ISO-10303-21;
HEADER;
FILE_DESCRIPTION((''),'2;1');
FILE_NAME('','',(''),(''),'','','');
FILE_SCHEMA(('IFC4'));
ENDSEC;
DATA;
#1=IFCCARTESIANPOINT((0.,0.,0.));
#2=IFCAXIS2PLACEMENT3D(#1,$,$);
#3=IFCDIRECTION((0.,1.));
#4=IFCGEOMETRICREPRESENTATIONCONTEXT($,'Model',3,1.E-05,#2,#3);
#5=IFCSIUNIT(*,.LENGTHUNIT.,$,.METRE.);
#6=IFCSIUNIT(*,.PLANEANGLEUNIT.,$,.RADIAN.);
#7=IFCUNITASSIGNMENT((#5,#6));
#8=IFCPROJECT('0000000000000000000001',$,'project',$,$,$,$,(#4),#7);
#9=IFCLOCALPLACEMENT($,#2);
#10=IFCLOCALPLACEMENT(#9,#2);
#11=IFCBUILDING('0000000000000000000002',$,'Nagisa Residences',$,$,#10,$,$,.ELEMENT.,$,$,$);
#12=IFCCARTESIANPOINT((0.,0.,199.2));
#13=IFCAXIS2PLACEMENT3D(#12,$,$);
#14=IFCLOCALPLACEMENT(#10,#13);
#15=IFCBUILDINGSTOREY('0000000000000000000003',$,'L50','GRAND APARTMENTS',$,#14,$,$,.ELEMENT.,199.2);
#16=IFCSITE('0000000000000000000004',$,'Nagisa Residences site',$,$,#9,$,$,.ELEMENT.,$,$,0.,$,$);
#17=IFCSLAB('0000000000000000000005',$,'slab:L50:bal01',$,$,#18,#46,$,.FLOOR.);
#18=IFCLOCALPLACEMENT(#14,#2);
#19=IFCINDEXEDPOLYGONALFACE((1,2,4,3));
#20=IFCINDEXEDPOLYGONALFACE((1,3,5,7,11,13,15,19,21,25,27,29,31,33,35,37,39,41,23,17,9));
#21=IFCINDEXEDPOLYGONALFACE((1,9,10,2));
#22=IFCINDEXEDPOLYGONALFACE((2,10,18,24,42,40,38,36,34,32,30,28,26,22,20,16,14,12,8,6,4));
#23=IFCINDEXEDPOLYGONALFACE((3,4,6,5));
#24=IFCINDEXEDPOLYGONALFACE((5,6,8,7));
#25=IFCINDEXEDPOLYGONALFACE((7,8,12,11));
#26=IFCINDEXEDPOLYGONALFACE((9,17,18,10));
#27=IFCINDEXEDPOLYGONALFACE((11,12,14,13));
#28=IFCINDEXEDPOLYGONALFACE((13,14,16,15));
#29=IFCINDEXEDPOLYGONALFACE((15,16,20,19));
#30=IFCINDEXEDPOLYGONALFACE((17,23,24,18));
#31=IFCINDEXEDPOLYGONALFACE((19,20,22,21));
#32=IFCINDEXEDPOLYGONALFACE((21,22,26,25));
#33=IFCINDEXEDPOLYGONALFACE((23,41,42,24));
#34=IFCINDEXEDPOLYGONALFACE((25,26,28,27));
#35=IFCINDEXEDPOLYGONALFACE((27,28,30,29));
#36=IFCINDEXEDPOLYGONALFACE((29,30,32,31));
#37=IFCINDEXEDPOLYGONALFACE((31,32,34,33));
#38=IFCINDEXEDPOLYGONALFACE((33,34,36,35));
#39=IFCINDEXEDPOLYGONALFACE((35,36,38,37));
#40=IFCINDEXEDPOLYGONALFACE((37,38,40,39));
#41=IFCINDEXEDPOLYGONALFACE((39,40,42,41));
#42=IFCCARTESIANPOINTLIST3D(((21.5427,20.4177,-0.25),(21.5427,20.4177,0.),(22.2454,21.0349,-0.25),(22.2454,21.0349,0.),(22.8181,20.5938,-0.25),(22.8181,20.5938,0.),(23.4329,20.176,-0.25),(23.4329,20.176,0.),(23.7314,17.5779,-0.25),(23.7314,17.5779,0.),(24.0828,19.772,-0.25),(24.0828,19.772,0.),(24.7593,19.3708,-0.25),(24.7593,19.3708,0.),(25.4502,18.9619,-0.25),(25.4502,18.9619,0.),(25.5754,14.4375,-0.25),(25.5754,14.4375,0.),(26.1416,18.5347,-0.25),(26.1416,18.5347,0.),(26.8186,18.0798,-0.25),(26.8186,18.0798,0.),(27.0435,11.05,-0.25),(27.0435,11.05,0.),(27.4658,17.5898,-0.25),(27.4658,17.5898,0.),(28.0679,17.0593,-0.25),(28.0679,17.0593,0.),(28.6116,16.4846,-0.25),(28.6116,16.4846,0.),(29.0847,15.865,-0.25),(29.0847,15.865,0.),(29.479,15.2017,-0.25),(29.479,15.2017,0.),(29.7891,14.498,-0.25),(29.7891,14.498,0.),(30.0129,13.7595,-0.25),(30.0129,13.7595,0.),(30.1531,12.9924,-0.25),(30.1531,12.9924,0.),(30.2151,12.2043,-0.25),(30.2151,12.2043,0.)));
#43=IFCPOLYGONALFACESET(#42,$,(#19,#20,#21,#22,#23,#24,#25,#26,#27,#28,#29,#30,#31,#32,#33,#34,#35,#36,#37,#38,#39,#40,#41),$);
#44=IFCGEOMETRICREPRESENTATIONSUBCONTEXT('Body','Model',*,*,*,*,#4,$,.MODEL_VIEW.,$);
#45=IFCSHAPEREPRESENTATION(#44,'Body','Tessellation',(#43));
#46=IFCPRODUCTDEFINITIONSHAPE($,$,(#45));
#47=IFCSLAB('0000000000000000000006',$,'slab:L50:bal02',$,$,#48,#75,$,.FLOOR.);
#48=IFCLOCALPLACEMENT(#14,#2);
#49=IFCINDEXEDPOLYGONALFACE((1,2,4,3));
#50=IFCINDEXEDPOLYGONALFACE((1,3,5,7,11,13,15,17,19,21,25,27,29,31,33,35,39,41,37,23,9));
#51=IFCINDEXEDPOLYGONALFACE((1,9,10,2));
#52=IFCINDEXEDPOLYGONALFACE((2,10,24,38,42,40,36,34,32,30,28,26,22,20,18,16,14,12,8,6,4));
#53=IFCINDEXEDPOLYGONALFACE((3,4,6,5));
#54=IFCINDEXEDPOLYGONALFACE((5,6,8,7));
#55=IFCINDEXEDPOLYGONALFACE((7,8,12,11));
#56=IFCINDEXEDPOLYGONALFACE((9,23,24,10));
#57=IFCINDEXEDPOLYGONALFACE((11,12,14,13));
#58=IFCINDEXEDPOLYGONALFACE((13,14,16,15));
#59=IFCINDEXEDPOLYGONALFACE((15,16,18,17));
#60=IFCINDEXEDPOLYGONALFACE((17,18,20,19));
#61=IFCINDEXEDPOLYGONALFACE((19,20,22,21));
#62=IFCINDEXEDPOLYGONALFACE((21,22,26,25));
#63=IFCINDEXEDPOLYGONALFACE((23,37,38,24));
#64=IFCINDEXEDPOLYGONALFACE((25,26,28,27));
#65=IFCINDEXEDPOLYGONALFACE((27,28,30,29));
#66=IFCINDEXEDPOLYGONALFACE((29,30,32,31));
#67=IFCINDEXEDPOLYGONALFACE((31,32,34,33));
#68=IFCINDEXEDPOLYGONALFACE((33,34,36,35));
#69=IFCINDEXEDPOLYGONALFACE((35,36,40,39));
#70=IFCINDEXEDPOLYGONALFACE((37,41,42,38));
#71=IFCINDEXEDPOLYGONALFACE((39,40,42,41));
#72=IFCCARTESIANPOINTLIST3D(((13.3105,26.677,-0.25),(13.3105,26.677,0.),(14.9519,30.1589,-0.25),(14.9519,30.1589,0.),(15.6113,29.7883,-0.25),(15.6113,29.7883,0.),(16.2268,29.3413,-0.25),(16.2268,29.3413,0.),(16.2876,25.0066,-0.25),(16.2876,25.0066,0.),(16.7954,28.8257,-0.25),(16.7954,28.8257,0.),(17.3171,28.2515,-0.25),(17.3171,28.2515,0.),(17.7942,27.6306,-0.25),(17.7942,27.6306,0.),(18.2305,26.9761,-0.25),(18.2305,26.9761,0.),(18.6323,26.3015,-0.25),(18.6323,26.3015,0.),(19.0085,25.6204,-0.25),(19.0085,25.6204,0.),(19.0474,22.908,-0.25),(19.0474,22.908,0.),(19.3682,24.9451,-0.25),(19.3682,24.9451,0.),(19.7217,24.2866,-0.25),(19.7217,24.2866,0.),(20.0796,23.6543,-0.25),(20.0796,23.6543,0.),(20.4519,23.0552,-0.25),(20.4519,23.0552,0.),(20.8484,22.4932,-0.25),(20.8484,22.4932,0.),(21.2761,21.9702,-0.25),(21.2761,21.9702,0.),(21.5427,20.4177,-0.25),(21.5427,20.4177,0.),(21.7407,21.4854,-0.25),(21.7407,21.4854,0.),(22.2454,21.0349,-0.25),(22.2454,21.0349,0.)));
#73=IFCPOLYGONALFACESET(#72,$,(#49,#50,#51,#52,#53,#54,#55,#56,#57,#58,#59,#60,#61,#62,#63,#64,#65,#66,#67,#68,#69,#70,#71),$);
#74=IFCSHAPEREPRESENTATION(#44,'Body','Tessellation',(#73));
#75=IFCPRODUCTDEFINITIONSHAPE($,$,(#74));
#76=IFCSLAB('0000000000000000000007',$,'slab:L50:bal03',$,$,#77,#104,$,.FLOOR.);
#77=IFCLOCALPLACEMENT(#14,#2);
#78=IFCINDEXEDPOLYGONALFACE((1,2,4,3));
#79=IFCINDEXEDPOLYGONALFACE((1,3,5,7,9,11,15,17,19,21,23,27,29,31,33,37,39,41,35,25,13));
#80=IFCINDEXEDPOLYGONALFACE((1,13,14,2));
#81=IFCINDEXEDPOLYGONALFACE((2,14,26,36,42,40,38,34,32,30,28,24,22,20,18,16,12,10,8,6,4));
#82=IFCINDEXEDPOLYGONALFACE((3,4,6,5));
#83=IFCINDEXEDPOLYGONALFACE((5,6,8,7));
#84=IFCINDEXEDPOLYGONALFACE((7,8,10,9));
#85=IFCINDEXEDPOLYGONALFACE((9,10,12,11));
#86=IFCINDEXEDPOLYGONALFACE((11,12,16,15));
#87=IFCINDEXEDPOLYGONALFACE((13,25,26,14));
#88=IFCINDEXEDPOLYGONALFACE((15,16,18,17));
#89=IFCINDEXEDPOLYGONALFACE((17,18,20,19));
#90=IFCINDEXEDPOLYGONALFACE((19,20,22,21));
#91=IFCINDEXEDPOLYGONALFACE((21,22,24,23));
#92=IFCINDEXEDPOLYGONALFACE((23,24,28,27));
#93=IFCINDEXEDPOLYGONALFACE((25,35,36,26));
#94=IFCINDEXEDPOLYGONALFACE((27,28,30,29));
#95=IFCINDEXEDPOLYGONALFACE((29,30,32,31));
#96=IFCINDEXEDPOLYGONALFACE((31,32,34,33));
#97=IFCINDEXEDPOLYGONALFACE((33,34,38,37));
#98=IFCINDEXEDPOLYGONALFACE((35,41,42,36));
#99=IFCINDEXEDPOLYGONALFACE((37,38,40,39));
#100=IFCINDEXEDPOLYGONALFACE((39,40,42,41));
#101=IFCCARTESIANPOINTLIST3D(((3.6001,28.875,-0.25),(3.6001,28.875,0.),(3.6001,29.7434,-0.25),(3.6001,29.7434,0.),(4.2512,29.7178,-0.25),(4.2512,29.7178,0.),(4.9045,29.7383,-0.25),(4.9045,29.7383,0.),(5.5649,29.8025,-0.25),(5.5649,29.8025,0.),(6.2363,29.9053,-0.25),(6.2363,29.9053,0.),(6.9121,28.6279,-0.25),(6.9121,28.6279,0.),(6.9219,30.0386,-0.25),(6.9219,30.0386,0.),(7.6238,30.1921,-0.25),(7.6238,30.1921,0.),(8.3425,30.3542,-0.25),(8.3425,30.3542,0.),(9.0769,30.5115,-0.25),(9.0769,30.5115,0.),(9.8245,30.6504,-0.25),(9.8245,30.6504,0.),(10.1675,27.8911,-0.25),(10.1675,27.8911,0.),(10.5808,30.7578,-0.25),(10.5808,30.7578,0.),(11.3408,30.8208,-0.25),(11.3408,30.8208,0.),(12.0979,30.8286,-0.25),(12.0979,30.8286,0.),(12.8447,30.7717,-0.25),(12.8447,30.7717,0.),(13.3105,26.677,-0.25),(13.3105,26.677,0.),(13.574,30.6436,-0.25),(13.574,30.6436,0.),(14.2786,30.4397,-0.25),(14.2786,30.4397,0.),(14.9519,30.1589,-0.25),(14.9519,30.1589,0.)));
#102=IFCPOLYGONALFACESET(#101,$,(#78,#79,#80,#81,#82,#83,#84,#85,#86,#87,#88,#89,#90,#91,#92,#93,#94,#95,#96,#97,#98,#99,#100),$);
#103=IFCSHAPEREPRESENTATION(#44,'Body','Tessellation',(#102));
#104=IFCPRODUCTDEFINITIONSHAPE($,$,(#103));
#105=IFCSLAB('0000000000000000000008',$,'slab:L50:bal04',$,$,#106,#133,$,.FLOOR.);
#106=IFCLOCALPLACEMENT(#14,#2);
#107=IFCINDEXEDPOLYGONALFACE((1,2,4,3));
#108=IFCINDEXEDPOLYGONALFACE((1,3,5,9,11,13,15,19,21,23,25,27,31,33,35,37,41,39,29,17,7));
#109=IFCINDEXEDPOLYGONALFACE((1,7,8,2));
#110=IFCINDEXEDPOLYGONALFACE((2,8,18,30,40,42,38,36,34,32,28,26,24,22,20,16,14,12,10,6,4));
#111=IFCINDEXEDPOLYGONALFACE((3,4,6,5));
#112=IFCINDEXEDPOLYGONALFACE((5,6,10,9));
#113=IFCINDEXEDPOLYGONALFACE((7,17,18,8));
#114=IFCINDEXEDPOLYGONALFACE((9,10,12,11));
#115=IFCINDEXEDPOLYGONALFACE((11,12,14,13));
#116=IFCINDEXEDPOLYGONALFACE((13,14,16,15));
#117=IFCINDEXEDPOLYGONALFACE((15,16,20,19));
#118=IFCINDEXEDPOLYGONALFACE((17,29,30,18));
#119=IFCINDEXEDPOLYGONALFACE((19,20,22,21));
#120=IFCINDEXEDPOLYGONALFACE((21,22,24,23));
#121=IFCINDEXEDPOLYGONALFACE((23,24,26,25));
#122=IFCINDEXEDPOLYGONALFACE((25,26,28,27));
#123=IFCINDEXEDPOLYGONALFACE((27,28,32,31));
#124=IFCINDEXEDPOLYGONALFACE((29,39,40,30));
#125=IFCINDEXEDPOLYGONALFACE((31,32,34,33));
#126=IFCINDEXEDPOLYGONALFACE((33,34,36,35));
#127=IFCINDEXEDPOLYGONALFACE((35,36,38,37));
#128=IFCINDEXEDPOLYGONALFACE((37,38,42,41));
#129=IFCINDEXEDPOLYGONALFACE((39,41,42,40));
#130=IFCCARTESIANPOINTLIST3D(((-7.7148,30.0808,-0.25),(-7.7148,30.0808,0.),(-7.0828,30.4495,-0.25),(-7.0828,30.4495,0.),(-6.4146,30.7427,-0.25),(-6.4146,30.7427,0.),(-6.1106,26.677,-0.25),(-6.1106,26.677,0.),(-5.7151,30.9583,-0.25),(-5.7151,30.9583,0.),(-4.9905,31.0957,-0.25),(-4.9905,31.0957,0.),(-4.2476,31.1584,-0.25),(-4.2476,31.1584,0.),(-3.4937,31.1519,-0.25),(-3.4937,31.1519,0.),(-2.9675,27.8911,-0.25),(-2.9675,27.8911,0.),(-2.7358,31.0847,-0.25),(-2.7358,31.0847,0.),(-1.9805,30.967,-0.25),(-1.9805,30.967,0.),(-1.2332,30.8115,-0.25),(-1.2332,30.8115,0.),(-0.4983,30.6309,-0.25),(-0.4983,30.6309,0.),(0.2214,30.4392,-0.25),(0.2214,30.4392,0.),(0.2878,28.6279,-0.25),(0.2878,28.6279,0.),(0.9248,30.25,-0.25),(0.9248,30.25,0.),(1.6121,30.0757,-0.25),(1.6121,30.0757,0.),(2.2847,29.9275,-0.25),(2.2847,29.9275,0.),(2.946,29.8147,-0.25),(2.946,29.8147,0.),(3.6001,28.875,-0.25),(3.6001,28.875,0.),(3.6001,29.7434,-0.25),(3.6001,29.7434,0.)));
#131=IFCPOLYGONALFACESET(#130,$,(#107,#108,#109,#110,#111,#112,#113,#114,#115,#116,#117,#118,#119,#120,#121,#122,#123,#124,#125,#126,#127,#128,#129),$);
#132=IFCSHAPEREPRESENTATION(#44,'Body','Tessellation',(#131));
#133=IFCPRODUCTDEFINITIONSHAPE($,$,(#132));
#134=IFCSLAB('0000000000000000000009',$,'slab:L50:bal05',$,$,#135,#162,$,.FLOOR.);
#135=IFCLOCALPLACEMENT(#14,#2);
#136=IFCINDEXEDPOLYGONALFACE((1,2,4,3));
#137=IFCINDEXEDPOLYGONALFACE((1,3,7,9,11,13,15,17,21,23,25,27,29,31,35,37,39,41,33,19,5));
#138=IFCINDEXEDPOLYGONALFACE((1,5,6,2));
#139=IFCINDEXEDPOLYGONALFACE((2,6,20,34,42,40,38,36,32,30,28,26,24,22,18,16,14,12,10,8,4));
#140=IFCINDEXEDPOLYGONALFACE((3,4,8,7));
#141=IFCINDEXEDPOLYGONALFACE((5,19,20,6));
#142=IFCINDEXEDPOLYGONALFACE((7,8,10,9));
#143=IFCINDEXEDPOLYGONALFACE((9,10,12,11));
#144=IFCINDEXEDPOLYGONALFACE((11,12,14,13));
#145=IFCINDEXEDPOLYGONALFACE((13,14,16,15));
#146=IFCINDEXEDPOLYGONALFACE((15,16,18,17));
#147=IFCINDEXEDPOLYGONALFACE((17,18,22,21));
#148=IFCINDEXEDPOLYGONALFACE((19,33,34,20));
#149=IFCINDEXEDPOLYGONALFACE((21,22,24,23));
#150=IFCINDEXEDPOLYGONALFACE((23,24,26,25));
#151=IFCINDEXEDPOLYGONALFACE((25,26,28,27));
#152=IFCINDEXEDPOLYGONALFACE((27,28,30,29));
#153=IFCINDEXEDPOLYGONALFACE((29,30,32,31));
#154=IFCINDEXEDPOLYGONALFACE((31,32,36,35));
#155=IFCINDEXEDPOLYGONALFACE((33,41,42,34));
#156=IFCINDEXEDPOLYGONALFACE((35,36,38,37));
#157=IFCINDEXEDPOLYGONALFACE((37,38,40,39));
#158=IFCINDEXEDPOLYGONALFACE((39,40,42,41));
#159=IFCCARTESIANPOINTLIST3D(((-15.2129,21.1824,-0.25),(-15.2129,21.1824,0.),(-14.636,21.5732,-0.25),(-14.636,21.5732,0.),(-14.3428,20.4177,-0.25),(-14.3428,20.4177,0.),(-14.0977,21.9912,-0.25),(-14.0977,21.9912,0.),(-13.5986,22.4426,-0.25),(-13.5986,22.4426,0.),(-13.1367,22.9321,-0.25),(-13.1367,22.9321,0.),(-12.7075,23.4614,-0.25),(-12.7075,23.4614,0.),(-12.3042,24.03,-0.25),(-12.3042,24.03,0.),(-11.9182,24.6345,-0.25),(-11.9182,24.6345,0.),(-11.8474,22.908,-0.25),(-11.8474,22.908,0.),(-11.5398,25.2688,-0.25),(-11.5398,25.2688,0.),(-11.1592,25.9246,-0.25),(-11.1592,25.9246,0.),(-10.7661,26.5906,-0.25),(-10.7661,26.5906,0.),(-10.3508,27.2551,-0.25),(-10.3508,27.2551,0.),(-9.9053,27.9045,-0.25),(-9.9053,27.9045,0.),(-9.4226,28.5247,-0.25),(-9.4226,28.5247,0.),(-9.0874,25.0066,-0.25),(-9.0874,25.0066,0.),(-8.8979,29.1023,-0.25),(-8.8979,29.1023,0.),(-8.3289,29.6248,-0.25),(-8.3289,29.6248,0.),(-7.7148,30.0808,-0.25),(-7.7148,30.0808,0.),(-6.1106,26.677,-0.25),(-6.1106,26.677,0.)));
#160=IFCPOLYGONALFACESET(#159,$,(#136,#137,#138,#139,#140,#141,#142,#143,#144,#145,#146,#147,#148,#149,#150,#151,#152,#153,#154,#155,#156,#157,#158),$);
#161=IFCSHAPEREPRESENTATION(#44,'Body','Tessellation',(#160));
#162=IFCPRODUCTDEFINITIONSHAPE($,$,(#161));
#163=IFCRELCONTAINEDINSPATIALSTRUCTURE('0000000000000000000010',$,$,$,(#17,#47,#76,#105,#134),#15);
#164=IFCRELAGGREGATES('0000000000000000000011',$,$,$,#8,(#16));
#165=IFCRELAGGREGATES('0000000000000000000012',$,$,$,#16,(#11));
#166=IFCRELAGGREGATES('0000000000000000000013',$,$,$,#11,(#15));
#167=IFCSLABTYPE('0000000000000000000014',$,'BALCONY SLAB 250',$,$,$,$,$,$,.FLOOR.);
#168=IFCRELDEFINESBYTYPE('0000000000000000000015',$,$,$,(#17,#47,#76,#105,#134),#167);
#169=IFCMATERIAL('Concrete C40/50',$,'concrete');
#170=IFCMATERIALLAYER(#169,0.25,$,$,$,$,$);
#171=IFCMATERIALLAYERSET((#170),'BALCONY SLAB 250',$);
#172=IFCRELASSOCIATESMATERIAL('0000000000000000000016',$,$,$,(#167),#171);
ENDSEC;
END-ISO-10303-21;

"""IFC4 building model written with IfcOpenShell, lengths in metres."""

from ifc_helpers import new_model, si_unit, direction, frame, origin, place, context, subcontext, project, spatial, polyline, outline, extrude, material, layer, layer_set, type_object, element, save


model = new_model("IFC4")

# Units and contexts
model_context = context("Model", 3, precision=1e-05, world=origin(), true_north=direction((0.0, 1.0)))
body_context = subcontext(model_context, "Body", "Model", "MODEL_VIEW")
ifc_project = project(units=[si_unit("LENGTHUNIT", "METRE"), si_unit("PLANEANGLEUNIT", "RADIAN")], contexts=[model_context])

# Site, building, storey
site_placement = place(None, origin())
site = spatial("IfcSite", under=ifc_project, at=site_placement, Name="Nagisa Residences site", CompositionType="ELEMENT", RefElevation=0.0)
building_placement = place(site_placement, origin())
building = spatial("IfcBuilding", under=site, at=building_placement, Name="Nagisa Residences", CompositionType="ELEMENT")
storey_placement = place(building_placement, frame((0.0, 0.0, 199.2)))
storey = spatial("IfcBuildingStorey", under=building, at=storey_placement, Name="L50", Description="GRAND APARTMENTS", CompositionType="ELEMENT", Elevation=199.2)

# Slabs
ifc_material = material(Name="Concrete C40/50", Category="concrete")
ifc_layer = layer(ifc_material, 0.25)
ifc_layer_set = layer_set([ifc_layer], Name="BALCONY SLAB 250")
slab_type = type_object("IfcSlabType", Name="BALCONY SLAB 250", PredefinedType="FLOOR", material=ifc_layer_set)
slab_1_placement = place(storey_placement, frame((0.0, 0.0, -0.25)))
element("IfcSlab", 1, at=slab_1_placement, inside=storey, type_object=slab_type, Name="slab:L50:bal01", PredefinedType="FLOOR", context=body_context, shape_type="SweptSolid", body=[
    extrude(outline(polyline([(30.2151, 12.2043), (30.1531, 12.9924), (30.0129, 13.7595), (29.7891, 14.498), (29.479, 15.2017), (29.0847, 15.865), (28.6116, 16.4846), (28.0679, 17.0593), (27.4658, 17.5898), (26.8186, 18.0798), (26.1416, 18.5347), (25.4502, 18.9619), (24.7593, 19.3708), (24.0828, 19.772), (23.4329, 20.176), (22.8181, 20.5938), (22.2454, 21.0349), (21.5427, 20.4177), (23.7314, 17.5779), (25.5754, 14.4375), (27.0435, 11.05), (30.2151, 12.2043)])), origin(), (0.0, 0.0, 1.0), 0.25),
])
slab_2_placement = place(storey_placement, frame((0.0, 0.0, -0.25)))
element("IfcSlab", 2, at=slab_2_placement, inside=storey, type_object=slab_type, Name="slab:L50:bal02", PredefinedType="FLOOR", context=body_context, shape_type="SweptSolid", body=[
    extrude(outline(polyline([(22.2454, 21.0349), (21.7407, 21.4854), (21.2761, 21.9702), (20.8484, 22.4932), (20.4519, 23.0552), (20.0796, 23.6543), (19.7217, 24.2866), (19.3682, 24.9451), (19.0085, 25.6204), (18.6323, 26.3015), (18.2305, 26.9761), (17.7942, 27.6306), (17.3171, 28.2515), (16.7954, 28.8257), (16.2268, 29.3413), (15.6113, 29.7883), (14.9519, 30.1589), (13.3105, 26.677), (16.2876, 25.0066), (19.0474, 22.908), (21.5427, 20.4177), (22.2454, 21.0349)])), origin(), (0.0, 0.0, 1.0), 0.25),
])
slab_3_placement = place(storey_placement, frame((0.0, 0.0, -0.25)))
element("IfcSlab", 3, at=slab_3_placement, inside=storey, type_object=slab_type, Name="slab:L50:bal03", PredefinedType="FLOOR", context=body_context, shape_type="SweptSolid", body=[
    extrude(outline(polyline([(14.9519, 30.1589), (14.2786, 30.4397), (13.574, 30.6436), (12.8447, 30.7717), (12.0979, 30.8286), (11.3408, 30.8208), (10.5808, 30.7578), (9.8245, 30.6504), (9.0769, 30.5115), (8.3425, 30.3542), (7.6238, 30.1921), (6.9219, 30.0386), (6.2363, 29.9053), (5.5649, 29.8025), (4.9045, 29.7383), (4.2512, 29.7178), (3.6001, 29.7434), (3.6001, 28.875), (6.9121, 28.6279), (10.1675, 27.8911), (13.3105, 26.677), (14.9519, 30.1589)])), origin(), (0.0, 0.0, 1.0), 0.25),
])
slab_4_placement = place(storey_placement, frame((0.0, 0.0, -0.25)))
element("IfcSlab", 4, at=slab_4_placement, inside=storey, type_object=slab_type, Name="slab:L50:bal04", PredefinedType="FLOOR", context=body_context, shape_type="SweptSolid", body=[
    extrude(outline(polyline([(3.6001, 29.7434), (2.946, 29.8147), (2.2847, 29.9275), (1.6121, 30.0757), (0.9248, 30.25), (0.2214, 30.4392), (-0.4983, 30.6309), (-1.2332, 30.8115), (-1.9805, 30.967), (-2.7358, 31.0847), (-3.4937, 31.1519), (-4.2476, 31.1584), (-4.9905, 31.0957), (-5.7151, 30.9583), (-6.4146, 30.7427), (-7.0828, 30.4495), (-7.7148, 30.0808), (-6.1106, 26.677), (-2.9675, 27.8911), (0.2878, 28.6279), (3.6001, 28.875), (3.6001, 29.7434)])), origin(), (0.0, 0.0, 1.0), 0.25),
])
slab_5_placement = place(storey_placement, frame((0.0, 0.0, -0.25)))
element("IfcSlab", 5, at=slab_5_placement, inside=storey, type_object=slab_type, Name="slab:L50:bal05", PredefinedType="FLOOR", context=body_context, shape_type="SweptSolid", body=[
    extrude(outline(polyline([(-7.7148, 30.0808), (-8.3289, 29.6248), (-8.8979, 29.1023), (-9.4226, 28.5247), (-9.9053, 27.9045), (-10.3508, 27.2551), (-10.7661, 26.5906), (-11.1592, 25.9246), (-11.5398, 25.2688), (-11.9182, 24.6345), (-12.3042, 24.03), (-12.7075, 23.4614), (-13.1367, 22.9321), (-13.5986, 22.4426), (-14.0977, 21.9912), (-14.636, 21.5732), (-15.2129, 21.1824), (-14.3428, 20.4177), (-11.8474, 22.908), (-9.0874, 25.0066), (-6.1106, 26.677), (-7.7148, 30.0808)])), origin(), (0.0, 0.0, 1.0), 0.25),
])

save(model, "model.ifc")
